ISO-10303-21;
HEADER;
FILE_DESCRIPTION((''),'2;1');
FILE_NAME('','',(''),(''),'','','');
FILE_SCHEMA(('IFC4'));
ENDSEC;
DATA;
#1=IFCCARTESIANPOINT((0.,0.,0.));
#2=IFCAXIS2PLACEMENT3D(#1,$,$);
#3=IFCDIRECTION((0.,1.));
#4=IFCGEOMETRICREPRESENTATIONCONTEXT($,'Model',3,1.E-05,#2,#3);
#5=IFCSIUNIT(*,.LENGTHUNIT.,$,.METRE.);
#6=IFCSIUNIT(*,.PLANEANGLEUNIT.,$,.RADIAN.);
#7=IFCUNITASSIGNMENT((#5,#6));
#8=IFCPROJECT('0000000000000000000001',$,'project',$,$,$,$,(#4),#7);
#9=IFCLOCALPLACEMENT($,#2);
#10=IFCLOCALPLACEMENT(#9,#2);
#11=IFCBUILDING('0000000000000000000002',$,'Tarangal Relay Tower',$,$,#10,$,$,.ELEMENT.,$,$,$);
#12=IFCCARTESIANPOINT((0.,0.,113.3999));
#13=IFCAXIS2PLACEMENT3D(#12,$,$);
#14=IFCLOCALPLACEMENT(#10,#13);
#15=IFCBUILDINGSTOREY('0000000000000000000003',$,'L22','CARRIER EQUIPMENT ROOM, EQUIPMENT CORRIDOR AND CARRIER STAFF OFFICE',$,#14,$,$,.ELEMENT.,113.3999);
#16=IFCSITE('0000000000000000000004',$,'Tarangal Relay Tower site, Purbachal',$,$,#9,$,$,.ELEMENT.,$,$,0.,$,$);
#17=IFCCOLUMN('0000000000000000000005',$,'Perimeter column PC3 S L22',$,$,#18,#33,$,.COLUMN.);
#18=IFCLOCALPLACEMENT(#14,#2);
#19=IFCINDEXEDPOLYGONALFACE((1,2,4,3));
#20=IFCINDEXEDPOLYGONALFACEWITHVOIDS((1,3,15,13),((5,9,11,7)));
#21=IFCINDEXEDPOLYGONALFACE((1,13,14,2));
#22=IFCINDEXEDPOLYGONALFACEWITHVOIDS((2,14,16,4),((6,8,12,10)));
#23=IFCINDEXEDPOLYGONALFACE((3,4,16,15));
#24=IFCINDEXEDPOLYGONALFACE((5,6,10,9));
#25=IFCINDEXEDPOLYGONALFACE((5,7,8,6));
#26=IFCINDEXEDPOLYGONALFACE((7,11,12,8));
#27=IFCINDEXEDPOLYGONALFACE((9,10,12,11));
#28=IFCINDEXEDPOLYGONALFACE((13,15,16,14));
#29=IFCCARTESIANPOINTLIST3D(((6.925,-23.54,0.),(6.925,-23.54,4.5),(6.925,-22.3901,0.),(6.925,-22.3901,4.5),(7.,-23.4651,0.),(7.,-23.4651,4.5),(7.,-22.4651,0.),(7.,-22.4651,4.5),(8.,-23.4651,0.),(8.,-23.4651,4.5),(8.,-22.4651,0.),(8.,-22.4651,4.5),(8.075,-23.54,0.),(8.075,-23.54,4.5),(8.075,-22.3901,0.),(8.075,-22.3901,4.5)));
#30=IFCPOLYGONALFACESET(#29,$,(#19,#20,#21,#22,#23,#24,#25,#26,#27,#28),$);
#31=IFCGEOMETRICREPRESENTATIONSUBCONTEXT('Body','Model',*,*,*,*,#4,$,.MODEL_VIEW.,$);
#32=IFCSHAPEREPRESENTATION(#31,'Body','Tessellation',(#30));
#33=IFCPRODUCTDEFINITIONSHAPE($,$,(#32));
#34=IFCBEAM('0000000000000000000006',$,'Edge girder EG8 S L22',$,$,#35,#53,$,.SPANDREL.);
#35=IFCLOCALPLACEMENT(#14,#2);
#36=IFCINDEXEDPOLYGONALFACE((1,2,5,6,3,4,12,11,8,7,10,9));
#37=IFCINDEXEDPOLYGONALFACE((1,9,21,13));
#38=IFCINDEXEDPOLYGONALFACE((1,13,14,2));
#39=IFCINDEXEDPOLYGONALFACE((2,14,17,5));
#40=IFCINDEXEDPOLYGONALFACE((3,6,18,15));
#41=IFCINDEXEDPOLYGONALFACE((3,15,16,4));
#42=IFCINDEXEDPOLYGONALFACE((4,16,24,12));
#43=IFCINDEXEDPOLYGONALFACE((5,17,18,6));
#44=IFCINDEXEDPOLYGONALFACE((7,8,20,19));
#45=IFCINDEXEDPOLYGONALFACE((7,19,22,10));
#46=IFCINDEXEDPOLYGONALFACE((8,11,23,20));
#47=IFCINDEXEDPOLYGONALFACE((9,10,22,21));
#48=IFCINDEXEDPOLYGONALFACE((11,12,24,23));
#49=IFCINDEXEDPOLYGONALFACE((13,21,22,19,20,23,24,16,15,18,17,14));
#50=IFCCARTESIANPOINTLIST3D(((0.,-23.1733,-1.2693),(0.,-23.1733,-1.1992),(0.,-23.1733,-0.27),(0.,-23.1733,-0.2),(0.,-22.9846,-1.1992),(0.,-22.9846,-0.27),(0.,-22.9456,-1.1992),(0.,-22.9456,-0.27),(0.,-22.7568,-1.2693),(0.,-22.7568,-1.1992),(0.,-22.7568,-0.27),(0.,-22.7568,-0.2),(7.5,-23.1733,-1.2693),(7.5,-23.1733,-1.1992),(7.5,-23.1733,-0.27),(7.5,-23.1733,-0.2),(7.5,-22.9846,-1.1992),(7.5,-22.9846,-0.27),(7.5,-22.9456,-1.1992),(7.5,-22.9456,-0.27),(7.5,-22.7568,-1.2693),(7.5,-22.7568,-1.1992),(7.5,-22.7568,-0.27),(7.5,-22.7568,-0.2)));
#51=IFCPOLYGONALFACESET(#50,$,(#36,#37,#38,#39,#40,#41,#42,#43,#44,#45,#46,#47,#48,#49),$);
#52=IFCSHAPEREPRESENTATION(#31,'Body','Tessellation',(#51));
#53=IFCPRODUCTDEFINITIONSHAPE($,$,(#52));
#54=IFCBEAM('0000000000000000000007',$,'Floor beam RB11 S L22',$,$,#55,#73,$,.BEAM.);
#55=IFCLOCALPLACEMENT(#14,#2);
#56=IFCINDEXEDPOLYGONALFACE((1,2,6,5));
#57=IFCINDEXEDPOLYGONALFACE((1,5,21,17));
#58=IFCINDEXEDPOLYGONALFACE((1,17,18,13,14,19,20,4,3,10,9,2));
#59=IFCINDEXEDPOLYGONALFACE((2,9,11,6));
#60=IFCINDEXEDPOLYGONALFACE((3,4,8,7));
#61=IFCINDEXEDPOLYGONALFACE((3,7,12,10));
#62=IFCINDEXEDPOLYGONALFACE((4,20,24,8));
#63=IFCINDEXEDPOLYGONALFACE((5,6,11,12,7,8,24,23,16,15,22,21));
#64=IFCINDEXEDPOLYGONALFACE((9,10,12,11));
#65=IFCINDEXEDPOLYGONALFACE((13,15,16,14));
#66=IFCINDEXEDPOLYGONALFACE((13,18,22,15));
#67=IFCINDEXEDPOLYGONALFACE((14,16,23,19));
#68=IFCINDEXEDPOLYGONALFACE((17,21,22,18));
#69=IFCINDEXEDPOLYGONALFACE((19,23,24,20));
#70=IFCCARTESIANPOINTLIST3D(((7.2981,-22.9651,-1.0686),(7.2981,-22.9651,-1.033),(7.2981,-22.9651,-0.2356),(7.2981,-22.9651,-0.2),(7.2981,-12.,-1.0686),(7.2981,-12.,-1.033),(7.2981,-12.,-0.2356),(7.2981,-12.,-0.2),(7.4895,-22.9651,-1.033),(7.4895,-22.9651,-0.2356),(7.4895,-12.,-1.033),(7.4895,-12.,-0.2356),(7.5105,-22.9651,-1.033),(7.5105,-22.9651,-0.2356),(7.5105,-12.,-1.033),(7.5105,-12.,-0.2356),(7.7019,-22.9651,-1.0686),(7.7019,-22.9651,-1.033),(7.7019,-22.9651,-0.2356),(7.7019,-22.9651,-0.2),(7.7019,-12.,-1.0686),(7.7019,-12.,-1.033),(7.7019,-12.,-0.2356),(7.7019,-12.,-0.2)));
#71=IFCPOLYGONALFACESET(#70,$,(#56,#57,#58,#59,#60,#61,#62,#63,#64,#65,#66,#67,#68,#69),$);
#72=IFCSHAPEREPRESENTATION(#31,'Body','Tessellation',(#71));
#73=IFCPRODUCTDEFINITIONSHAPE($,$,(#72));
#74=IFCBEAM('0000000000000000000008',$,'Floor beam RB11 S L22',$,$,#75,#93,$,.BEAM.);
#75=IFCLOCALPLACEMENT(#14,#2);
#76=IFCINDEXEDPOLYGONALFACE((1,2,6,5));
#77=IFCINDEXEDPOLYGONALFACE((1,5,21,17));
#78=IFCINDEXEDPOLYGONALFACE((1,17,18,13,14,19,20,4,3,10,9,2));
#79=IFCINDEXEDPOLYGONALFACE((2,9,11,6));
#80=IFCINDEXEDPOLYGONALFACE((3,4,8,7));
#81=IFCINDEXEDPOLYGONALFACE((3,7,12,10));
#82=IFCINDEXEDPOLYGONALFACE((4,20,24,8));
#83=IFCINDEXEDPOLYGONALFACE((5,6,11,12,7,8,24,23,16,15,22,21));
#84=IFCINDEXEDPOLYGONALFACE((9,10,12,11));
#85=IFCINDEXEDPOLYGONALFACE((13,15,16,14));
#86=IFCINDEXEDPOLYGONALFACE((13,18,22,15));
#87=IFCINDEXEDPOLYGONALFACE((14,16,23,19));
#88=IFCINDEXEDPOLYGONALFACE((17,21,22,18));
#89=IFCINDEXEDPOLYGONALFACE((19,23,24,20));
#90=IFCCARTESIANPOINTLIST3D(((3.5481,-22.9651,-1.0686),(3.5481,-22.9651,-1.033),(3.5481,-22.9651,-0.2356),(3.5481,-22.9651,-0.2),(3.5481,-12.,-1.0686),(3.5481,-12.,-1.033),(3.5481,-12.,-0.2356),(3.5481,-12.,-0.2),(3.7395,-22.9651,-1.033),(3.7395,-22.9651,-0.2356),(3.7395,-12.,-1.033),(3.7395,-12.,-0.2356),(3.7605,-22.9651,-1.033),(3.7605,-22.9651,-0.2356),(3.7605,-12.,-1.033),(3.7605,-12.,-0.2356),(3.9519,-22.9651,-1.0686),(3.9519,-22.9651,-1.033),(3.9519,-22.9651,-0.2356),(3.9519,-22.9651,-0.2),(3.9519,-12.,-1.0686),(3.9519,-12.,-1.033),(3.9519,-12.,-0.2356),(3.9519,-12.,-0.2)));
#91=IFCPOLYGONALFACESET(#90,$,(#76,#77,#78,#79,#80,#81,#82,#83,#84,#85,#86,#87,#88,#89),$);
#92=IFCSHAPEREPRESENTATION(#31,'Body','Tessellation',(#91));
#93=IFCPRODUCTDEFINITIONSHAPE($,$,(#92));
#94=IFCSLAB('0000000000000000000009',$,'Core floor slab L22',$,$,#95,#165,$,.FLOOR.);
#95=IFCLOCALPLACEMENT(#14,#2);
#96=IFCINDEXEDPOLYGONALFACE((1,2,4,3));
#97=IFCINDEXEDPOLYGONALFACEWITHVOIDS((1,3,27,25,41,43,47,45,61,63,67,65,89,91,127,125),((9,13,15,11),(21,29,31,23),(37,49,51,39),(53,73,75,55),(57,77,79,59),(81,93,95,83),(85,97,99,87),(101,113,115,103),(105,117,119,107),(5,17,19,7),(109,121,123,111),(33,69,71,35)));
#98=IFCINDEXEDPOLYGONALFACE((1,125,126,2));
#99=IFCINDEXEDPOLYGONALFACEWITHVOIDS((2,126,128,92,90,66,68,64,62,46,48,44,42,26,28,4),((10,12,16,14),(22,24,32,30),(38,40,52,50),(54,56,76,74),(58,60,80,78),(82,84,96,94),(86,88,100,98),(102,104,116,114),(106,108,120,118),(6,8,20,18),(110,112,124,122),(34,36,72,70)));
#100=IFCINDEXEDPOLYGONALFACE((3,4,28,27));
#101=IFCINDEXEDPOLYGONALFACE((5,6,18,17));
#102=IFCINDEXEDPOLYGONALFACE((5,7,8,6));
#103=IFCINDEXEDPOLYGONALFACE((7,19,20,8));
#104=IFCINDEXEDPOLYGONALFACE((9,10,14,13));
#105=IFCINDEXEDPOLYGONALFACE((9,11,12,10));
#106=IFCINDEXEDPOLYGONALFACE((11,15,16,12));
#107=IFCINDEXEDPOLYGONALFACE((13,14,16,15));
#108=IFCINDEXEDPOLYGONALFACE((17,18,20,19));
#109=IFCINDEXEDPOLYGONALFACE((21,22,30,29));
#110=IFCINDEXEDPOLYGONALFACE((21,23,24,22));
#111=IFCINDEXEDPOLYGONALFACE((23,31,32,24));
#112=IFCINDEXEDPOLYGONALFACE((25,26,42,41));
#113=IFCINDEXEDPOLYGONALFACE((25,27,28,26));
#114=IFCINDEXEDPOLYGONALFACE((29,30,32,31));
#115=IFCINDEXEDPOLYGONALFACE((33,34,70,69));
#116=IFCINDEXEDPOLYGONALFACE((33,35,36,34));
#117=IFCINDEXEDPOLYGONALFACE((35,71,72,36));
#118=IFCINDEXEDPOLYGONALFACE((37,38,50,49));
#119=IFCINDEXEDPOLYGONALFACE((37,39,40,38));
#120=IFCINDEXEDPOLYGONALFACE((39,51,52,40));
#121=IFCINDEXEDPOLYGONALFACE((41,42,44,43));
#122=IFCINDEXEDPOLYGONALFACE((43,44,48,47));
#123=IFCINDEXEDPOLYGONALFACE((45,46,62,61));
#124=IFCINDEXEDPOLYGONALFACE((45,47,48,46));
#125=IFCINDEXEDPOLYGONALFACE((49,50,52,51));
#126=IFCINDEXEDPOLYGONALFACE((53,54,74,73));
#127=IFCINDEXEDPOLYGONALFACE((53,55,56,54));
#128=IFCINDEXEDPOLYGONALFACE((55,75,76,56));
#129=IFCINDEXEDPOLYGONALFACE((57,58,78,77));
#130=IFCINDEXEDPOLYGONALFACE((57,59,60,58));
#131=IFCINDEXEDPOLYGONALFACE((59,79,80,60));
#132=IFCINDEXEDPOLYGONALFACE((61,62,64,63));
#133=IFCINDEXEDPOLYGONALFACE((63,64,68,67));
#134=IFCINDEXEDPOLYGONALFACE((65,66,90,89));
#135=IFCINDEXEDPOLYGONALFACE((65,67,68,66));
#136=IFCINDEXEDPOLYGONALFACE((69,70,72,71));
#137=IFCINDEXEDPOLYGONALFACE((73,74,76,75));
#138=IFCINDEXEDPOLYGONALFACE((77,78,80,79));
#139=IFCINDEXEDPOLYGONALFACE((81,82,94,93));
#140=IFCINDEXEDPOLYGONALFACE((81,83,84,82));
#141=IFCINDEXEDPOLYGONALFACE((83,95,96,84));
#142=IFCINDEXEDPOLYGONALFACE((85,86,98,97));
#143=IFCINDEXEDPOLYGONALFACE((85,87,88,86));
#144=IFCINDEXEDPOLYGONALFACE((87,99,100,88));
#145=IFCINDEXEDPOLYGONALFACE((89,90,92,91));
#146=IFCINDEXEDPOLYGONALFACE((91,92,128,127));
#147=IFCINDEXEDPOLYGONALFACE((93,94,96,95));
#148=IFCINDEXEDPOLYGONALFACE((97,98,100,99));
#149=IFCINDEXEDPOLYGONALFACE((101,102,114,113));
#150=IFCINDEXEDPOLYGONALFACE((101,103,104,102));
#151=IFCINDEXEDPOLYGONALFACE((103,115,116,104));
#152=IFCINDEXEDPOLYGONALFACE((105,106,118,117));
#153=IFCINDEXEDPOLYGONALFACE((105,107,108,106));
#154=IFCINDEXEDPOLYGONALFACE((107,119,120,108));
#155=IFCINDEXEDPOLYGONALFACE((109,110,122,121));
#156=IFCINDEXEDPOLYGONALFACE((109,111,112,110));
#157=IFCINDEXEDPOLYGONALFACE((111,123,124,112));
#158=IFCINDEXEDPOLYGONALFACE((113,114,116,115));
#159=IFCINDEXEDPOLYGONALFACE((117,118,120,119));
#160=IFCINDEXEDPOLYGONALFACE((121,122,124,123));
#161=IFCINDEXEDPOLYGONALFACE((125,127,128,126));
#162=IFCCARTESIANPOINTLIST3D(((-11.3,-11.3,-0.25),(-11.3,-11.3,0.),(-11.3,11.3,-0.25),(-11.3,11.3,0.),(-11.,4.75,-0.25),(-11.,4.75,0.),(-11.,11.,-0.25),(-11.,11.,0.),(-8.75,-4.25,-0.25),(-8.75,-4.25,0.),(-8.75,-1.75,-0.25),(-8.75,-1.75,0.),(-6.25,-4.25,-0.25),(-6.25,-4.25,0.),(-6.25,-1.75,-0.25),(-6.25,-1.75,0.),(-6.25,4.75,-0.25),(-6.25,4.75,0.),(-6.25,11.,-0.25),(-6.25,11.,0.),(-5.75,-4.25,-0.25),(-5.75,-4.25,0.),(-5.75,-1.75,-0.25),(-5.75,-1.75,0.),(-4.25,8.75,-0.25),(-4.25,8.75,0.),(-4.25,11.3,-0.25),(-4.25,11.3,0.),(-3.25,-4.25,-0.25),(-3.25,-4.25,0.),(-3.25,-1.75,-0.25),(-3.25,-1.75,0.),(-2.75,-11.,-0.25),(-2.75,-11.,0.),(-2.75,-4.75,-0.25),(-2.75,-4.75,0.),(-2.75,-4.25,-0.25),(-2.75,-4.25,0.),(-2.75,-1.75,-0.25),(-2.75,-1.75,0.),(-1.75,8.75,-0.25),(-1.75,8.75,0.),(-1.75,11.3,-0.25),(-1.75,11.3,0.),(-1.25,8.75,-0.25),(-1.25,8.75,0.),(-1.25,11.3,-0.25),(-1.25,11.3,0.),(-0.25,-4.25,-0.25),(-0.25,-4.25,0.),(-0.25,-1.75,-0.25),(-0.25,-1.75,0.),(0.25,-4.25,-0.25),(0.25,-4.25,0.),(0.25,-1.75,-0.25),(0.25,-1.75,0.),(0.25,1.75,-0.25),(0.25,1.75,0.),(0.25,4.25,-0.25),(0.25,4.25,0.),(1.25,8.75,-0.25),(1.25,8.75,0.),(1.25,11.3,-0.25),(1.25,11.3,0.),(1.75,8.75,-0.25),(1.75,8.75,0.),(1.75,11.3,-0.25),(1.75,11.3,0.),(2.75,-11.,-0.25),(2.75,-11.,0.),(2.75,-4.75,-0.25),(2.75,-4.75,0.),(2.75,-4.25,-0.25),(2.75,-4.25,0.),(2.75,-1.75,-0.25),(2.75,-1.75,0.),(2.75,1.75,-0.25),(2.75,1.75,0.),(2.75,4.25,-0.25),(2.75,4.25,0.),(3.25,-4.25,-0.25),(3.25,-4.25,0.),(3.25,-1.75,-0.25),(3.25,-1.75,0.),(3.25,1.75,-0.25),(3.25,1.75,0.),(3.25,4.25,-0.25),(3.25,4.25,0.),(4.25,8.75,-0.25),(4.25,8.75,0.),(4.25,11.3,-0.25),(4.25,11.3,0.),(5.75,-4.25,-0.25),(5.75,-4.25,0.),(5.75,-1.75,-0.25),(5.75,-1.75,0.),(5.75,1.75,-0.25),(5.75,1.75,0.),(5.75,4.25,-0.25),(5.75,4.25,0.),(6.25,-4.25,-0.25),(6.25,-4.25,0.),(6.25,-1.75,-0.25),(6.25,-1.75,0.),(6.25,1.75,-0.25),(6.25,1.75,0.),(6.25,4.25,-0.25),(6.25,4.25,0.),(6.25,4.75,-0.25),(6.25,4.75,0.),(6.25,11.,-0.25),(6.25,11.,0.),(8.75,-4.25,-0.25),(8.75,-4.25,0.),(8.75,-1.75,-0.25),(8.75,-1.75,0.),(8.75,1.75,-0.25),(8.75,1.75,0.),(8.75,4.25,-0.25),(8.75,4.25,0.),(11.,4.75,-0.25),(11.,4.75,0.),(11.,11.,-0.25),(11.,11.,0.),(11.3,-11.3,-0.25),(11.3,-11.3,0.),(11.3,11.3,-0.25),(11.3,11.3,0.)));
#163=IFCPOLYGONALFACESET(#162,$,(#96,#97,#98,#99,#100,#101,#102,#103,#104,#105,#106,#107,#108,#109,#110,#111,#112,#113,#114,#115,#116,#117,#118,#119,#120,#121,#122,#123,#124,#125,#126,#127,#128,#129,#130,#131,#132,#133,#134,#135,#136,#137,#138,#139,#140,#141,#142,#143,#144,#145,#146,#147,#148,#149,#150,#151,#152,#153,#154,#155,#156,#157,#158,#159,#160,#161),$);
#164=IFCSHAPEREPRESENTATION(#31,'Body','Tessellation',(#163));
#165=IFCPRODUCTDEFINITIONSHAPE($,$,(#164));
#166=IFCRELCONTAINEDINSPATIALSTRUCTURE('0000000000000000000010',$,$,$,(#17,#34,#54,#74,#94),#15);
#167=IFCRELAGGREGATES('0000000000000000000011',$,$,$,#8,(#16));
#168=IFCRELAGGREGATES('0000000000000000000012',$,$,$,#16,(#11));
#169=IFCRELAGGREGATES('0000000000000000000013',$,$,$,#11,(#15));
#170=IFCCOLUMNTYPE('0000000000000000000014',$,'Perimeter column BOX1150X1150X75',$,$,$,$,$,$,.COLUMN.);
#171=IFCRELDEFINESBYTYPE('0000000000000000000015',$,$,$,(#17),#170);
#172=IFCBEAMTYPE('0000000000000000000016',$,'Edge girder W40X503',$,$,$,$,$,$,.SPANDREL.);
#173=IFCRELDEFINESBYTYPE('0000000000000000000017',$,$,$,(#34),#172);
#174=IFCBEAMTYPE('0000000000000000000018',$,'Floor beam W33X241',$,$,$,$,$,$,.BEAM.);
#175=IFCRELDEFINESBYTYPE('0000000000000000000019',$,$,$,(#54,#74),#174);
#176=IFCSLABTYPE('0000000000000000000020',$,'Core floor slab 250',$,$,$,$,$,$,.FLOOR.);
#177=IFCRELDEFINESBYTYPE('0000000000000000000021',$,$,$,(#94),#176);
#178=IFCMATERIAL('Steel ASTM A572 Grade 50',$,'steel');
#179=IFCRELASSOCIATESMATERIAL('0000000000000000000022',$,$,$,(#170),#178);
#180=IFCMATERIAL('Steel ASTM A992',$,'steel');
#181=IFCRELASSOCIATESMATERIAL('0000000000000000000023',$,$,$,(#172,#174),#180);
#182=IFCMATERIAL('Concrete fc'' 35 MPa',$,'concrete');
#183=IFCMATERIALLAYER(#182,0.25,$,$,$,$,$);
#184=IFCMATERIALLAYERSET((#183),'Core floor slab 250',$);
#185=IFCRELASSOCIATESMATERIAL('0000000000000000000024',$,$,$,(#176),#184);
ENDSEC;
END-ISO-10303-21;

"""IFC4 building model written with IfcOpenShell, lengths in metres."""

from ifc_helpers import new_model, si_unit, direction, frame, origin, origin_2d, place, context, subcontext, project, spatial, polyline, hollow_rectangle, i_section, outline, extrude, material, layer, layer_set, material_profile, profile_set, type_object, element, save


model = new_model("IFC4")

# Units and contexts
model_context = context("Model", 3, precision=1e-05, world=origin(), true_north=direction((0.0, 1.0)))
body_context = subcontext(model_context, "Body", "Model", "MODEL_VIEW")
ifc_project = project(units=[si_unit("LENGTHUNIT", "METRE"), si_unit("PLANEANGLEUNIT", "RADIAN")], contexts=[model_context])

# Site, building, storey
site_placement = place(None, origin())
site = spatial("IfcSite", under=ifc_project, at=site_placement, Name="Tarangal Relay Tower site, Purbachal", CompositionType="ELEMENT", RefElevation=0.0)
building_placement = place(site_placement, origin())
building = spatial("IfcBuilding", under=site, at=building_placement, Name="Tarangal Relay Tower", CompositionType="ELEMENT")
storey_placement = place(building_placement, frame((0.0, 0.0, 113.3999)))
storey = spatial("IfcBuildingStorey", under=building, at=storey_placement, Name="L22", Description="CARRIER EQUIPMENT ROOM, EQUIPMENT CORRIDOR AND CARRIER STAFF OFFICE", CompositionType="ELEMENT", Elevation=113.3999)

# Column
ifc_material_1 = material(Name="Steel ASTM A572 Grade 50", Category="steel")
ifc_material_profile_1 = material_profile(ifc_material_1, hollow_rectangle(XDim=1.1499, YDim=1.1499, WallThickness=0.075, at=origin_2d()), Name="BOX1150X1150X75")
ifc_profile_set_1 = profile_set([ifc_material_profile_1], Name="Steel ASTM A572 Grade 50")
column_type = type_object("IfcColumnType", Name="Perimeter column BOX1150X1150X75", PredefinedType="COLUMN", material=ifc_profile_set_1)
column_placement = place(storey_placement, frame((7.5, -22.9651, 0.0), z_axis=(0.0, 0.0, 1.0), x_axis=(1.0, 0.0, 0.0)))
element("IfcColumn", 1, at=column_placement, inside=storey, type_object=column_type, Name="Perimeter column PC3 S L22", PredefinedType="COLUMN", context=body_context, shape_type="SweptSolid", body=[
    extrude(hollow_rectangle(XDim=1.1499, YDim=1.1499, WallThickness=0.075, at=origin_2d()), origin(), (0.0, 0.0, 1.0), 4.5),
])

# Beams
ifc_material_2 = material(Name="Steel ASTM A992", Category="steel")
ifc_material_profile_2 = material_profile(ifc_material_2, i_section(OverallWidth=0.4165, OverallDepth=1.0693, WebThickness=0.0391, FlangeThickness=0.0701, at=origin_2d()), Name="W40X503")
ifc_profile_set_2 = profile_set([ifc_material_profile_2], Name="Steel ASTM A992")
beam_type_1 = type_object("IfcBeamType", Name="Edge girder W40X503", PredefinedType="SPANDREL", material=ifc_profile_set_2)
beam_placement = place(storey_placement, frame((7.5, -22.9651, -0.7346), z_axis=(-1.0, 0.0, 0.0), x_axis=(0.0, -1.0, 0.0)))
element("IfcBeam", 2, at=beam_placement, inside=storey, type_object=beam_type_1, Name="Edge girder EG8 S L22", PredefinedType="SPANDREL", context=body_context, shape_type="SweptSolid", body=[
    extrude(i_section(OverallWidth=0.4165, OverallDepth=1.0693, WebThickness=0.0391, FlangeThickness=0.0701, at=origin_2d()), origin(), (0.0, 0.0, 1.0), 7.5),
])
ifc_material_profile_3 = material_profile(ifc_material_2, i_section(OverallWidth=0.4038, OverallDepth=0.8687, WebThickness=0.021, FlangeThickness=0.0356, at=origin_2d()), Name="W33X241")
ifc_profile_set_3 = profile_set([ifc_material_profile_3], Name="Steel ASTM A992")
beam_type_2 = type_object("IfcBeamType", Name="Floor beam W33X241", PredefinedType="BEAM", material=ifc_profile_set_3)
for number, where, z_axis, x_axis, name in (
    (3, (7.5, -12.0, -0.6343), (0.0, -1.0, 0.0), (1.0, 0.0, 0.0), "Floor beam RB11 S L22"),
    (4, (3.75, -12.0, -0.6343), (0.0, -1.0, 0.0), (1.0, 0.0, 0.0), "Floor beam RB11 S L22"),
):
    element("IfcBeam", number, at=place(storey_placement, frame(where, z_axis=z_axis, x_axis=x_axis)), inside=storey, type_object=beam_type_2, Name=name, PredefinedType="BEAM", context=body_context, shape_type="SweptSolid", body=[
        extrude(i_section(OverallWidth=0.4038, OverallDepth=0.8687, WebThickness=0.021, FlangeThickness=0.0356, at=origin_2d()), origin(), (0.0, 0.0, 1.0), 10.9651),
    ])

# Slab
ifc_material_3 = material(Name="Concrete fc' 35 MPa", Category="concrete")
ifc_layer_1 = layer(ifc_material_3, 0.25)
ifc_layer_set_1 = layer_set([ifc_layer_1], Name="Core floor slab 250")
slab_type_1 = type_object("IfcSlabType", Name="Core floor slab 250", PredefinedType="FLOOR", material=ifc_layer_set_1)
slab_1_placement = place(storey_placement, frame((0.0, 0.0, -0.25)))
element("IfcSlab", 5, at=slab_1_placement, inside=storey, type_object=slab_type_1, Name="Core floor slab L22", PredefinedType="FLOOR", context=body_context, shape_type="SweptSolid", body=[
    extrude(outline(polyline([(11.3, 11.3), (11.3, -11.3), (-11.3, -11.3), (-11.3, 11.3), (-4.25, 11.3), (-4.25, 8.75), (-1.75, 8.75), (-1.75, 11.3), (-1.25, 11.3), (-1.25, 8.75), (1.25, 8.75), (1.25, 11.3), (1.75, 11.3), (1.75, 8.75), (4.25, 8.75), (4.25, 11.3), (11.3, 11.3)]), holes=[polyline([(2.75, -4.75), (-2.75, -4.75), (-2.75, -11.0), (2.75, -11.0), (2.75, -4.75)]), polyline([(-6.25, -4.25), (-6.25, -1.75), (-8.75, -1.75), (-8.75, -4.25), (-6.25, -4.25)]), polyline([(-3.25, -4.25), (-3.25, -1.75), (-5.75, -1.75), (-5.75, -4.25), (-3.25, -4.25)]), polyline([(-0.25, -4.25), (-0.25, -1.75), (-2.75, -1.75), (-2.75, -4.25), (-0.25, -4.25)]), polyline([(2.75, 1.75), (2.75, 4.25), (0.25, 4.25), (0.25, 1.75), (2.75, 1.75)]), polyline([(-6.25, 4.75), (-6.25, 11.0), (-11.0, 11.0), (-11.0, 4.75), (-6.25, 4.75)]), polyline([(2.75, -4.25), (2.75, -1.75), (0.25, -1.75), (0.25, -4.25), (2.75, -4.25)]), polyline([(5.75, -4.25), (5.75, -1.75), (3.25, -1.75), (3.25, -4.25), (5.75, -4.25)]), polyline([(8.75, -4.25), (8.75, -1.75), (6.25, -1.75), (6.25, -4.25), (8.75, -4.25)]), polyline([(5.75, 1.75), (5.75, 4.25), (3.25, 4.25), (3.25, 1.75), (5.75, 1.75)]), polyline([(8.75, 1.75), (8.75, 4.25), (6.25, 4.25), (6.25, 1.75), (8.75, 1.75)]), polyline([(11.0, 4.75), (11.0, 11.0), (6.25, 11.0), (6.25, 4.75), (11.0, 4.75)])]), origin(), (0.0, 0.0, 1.0), 0.25),
])

save(model, "model.ifc")
